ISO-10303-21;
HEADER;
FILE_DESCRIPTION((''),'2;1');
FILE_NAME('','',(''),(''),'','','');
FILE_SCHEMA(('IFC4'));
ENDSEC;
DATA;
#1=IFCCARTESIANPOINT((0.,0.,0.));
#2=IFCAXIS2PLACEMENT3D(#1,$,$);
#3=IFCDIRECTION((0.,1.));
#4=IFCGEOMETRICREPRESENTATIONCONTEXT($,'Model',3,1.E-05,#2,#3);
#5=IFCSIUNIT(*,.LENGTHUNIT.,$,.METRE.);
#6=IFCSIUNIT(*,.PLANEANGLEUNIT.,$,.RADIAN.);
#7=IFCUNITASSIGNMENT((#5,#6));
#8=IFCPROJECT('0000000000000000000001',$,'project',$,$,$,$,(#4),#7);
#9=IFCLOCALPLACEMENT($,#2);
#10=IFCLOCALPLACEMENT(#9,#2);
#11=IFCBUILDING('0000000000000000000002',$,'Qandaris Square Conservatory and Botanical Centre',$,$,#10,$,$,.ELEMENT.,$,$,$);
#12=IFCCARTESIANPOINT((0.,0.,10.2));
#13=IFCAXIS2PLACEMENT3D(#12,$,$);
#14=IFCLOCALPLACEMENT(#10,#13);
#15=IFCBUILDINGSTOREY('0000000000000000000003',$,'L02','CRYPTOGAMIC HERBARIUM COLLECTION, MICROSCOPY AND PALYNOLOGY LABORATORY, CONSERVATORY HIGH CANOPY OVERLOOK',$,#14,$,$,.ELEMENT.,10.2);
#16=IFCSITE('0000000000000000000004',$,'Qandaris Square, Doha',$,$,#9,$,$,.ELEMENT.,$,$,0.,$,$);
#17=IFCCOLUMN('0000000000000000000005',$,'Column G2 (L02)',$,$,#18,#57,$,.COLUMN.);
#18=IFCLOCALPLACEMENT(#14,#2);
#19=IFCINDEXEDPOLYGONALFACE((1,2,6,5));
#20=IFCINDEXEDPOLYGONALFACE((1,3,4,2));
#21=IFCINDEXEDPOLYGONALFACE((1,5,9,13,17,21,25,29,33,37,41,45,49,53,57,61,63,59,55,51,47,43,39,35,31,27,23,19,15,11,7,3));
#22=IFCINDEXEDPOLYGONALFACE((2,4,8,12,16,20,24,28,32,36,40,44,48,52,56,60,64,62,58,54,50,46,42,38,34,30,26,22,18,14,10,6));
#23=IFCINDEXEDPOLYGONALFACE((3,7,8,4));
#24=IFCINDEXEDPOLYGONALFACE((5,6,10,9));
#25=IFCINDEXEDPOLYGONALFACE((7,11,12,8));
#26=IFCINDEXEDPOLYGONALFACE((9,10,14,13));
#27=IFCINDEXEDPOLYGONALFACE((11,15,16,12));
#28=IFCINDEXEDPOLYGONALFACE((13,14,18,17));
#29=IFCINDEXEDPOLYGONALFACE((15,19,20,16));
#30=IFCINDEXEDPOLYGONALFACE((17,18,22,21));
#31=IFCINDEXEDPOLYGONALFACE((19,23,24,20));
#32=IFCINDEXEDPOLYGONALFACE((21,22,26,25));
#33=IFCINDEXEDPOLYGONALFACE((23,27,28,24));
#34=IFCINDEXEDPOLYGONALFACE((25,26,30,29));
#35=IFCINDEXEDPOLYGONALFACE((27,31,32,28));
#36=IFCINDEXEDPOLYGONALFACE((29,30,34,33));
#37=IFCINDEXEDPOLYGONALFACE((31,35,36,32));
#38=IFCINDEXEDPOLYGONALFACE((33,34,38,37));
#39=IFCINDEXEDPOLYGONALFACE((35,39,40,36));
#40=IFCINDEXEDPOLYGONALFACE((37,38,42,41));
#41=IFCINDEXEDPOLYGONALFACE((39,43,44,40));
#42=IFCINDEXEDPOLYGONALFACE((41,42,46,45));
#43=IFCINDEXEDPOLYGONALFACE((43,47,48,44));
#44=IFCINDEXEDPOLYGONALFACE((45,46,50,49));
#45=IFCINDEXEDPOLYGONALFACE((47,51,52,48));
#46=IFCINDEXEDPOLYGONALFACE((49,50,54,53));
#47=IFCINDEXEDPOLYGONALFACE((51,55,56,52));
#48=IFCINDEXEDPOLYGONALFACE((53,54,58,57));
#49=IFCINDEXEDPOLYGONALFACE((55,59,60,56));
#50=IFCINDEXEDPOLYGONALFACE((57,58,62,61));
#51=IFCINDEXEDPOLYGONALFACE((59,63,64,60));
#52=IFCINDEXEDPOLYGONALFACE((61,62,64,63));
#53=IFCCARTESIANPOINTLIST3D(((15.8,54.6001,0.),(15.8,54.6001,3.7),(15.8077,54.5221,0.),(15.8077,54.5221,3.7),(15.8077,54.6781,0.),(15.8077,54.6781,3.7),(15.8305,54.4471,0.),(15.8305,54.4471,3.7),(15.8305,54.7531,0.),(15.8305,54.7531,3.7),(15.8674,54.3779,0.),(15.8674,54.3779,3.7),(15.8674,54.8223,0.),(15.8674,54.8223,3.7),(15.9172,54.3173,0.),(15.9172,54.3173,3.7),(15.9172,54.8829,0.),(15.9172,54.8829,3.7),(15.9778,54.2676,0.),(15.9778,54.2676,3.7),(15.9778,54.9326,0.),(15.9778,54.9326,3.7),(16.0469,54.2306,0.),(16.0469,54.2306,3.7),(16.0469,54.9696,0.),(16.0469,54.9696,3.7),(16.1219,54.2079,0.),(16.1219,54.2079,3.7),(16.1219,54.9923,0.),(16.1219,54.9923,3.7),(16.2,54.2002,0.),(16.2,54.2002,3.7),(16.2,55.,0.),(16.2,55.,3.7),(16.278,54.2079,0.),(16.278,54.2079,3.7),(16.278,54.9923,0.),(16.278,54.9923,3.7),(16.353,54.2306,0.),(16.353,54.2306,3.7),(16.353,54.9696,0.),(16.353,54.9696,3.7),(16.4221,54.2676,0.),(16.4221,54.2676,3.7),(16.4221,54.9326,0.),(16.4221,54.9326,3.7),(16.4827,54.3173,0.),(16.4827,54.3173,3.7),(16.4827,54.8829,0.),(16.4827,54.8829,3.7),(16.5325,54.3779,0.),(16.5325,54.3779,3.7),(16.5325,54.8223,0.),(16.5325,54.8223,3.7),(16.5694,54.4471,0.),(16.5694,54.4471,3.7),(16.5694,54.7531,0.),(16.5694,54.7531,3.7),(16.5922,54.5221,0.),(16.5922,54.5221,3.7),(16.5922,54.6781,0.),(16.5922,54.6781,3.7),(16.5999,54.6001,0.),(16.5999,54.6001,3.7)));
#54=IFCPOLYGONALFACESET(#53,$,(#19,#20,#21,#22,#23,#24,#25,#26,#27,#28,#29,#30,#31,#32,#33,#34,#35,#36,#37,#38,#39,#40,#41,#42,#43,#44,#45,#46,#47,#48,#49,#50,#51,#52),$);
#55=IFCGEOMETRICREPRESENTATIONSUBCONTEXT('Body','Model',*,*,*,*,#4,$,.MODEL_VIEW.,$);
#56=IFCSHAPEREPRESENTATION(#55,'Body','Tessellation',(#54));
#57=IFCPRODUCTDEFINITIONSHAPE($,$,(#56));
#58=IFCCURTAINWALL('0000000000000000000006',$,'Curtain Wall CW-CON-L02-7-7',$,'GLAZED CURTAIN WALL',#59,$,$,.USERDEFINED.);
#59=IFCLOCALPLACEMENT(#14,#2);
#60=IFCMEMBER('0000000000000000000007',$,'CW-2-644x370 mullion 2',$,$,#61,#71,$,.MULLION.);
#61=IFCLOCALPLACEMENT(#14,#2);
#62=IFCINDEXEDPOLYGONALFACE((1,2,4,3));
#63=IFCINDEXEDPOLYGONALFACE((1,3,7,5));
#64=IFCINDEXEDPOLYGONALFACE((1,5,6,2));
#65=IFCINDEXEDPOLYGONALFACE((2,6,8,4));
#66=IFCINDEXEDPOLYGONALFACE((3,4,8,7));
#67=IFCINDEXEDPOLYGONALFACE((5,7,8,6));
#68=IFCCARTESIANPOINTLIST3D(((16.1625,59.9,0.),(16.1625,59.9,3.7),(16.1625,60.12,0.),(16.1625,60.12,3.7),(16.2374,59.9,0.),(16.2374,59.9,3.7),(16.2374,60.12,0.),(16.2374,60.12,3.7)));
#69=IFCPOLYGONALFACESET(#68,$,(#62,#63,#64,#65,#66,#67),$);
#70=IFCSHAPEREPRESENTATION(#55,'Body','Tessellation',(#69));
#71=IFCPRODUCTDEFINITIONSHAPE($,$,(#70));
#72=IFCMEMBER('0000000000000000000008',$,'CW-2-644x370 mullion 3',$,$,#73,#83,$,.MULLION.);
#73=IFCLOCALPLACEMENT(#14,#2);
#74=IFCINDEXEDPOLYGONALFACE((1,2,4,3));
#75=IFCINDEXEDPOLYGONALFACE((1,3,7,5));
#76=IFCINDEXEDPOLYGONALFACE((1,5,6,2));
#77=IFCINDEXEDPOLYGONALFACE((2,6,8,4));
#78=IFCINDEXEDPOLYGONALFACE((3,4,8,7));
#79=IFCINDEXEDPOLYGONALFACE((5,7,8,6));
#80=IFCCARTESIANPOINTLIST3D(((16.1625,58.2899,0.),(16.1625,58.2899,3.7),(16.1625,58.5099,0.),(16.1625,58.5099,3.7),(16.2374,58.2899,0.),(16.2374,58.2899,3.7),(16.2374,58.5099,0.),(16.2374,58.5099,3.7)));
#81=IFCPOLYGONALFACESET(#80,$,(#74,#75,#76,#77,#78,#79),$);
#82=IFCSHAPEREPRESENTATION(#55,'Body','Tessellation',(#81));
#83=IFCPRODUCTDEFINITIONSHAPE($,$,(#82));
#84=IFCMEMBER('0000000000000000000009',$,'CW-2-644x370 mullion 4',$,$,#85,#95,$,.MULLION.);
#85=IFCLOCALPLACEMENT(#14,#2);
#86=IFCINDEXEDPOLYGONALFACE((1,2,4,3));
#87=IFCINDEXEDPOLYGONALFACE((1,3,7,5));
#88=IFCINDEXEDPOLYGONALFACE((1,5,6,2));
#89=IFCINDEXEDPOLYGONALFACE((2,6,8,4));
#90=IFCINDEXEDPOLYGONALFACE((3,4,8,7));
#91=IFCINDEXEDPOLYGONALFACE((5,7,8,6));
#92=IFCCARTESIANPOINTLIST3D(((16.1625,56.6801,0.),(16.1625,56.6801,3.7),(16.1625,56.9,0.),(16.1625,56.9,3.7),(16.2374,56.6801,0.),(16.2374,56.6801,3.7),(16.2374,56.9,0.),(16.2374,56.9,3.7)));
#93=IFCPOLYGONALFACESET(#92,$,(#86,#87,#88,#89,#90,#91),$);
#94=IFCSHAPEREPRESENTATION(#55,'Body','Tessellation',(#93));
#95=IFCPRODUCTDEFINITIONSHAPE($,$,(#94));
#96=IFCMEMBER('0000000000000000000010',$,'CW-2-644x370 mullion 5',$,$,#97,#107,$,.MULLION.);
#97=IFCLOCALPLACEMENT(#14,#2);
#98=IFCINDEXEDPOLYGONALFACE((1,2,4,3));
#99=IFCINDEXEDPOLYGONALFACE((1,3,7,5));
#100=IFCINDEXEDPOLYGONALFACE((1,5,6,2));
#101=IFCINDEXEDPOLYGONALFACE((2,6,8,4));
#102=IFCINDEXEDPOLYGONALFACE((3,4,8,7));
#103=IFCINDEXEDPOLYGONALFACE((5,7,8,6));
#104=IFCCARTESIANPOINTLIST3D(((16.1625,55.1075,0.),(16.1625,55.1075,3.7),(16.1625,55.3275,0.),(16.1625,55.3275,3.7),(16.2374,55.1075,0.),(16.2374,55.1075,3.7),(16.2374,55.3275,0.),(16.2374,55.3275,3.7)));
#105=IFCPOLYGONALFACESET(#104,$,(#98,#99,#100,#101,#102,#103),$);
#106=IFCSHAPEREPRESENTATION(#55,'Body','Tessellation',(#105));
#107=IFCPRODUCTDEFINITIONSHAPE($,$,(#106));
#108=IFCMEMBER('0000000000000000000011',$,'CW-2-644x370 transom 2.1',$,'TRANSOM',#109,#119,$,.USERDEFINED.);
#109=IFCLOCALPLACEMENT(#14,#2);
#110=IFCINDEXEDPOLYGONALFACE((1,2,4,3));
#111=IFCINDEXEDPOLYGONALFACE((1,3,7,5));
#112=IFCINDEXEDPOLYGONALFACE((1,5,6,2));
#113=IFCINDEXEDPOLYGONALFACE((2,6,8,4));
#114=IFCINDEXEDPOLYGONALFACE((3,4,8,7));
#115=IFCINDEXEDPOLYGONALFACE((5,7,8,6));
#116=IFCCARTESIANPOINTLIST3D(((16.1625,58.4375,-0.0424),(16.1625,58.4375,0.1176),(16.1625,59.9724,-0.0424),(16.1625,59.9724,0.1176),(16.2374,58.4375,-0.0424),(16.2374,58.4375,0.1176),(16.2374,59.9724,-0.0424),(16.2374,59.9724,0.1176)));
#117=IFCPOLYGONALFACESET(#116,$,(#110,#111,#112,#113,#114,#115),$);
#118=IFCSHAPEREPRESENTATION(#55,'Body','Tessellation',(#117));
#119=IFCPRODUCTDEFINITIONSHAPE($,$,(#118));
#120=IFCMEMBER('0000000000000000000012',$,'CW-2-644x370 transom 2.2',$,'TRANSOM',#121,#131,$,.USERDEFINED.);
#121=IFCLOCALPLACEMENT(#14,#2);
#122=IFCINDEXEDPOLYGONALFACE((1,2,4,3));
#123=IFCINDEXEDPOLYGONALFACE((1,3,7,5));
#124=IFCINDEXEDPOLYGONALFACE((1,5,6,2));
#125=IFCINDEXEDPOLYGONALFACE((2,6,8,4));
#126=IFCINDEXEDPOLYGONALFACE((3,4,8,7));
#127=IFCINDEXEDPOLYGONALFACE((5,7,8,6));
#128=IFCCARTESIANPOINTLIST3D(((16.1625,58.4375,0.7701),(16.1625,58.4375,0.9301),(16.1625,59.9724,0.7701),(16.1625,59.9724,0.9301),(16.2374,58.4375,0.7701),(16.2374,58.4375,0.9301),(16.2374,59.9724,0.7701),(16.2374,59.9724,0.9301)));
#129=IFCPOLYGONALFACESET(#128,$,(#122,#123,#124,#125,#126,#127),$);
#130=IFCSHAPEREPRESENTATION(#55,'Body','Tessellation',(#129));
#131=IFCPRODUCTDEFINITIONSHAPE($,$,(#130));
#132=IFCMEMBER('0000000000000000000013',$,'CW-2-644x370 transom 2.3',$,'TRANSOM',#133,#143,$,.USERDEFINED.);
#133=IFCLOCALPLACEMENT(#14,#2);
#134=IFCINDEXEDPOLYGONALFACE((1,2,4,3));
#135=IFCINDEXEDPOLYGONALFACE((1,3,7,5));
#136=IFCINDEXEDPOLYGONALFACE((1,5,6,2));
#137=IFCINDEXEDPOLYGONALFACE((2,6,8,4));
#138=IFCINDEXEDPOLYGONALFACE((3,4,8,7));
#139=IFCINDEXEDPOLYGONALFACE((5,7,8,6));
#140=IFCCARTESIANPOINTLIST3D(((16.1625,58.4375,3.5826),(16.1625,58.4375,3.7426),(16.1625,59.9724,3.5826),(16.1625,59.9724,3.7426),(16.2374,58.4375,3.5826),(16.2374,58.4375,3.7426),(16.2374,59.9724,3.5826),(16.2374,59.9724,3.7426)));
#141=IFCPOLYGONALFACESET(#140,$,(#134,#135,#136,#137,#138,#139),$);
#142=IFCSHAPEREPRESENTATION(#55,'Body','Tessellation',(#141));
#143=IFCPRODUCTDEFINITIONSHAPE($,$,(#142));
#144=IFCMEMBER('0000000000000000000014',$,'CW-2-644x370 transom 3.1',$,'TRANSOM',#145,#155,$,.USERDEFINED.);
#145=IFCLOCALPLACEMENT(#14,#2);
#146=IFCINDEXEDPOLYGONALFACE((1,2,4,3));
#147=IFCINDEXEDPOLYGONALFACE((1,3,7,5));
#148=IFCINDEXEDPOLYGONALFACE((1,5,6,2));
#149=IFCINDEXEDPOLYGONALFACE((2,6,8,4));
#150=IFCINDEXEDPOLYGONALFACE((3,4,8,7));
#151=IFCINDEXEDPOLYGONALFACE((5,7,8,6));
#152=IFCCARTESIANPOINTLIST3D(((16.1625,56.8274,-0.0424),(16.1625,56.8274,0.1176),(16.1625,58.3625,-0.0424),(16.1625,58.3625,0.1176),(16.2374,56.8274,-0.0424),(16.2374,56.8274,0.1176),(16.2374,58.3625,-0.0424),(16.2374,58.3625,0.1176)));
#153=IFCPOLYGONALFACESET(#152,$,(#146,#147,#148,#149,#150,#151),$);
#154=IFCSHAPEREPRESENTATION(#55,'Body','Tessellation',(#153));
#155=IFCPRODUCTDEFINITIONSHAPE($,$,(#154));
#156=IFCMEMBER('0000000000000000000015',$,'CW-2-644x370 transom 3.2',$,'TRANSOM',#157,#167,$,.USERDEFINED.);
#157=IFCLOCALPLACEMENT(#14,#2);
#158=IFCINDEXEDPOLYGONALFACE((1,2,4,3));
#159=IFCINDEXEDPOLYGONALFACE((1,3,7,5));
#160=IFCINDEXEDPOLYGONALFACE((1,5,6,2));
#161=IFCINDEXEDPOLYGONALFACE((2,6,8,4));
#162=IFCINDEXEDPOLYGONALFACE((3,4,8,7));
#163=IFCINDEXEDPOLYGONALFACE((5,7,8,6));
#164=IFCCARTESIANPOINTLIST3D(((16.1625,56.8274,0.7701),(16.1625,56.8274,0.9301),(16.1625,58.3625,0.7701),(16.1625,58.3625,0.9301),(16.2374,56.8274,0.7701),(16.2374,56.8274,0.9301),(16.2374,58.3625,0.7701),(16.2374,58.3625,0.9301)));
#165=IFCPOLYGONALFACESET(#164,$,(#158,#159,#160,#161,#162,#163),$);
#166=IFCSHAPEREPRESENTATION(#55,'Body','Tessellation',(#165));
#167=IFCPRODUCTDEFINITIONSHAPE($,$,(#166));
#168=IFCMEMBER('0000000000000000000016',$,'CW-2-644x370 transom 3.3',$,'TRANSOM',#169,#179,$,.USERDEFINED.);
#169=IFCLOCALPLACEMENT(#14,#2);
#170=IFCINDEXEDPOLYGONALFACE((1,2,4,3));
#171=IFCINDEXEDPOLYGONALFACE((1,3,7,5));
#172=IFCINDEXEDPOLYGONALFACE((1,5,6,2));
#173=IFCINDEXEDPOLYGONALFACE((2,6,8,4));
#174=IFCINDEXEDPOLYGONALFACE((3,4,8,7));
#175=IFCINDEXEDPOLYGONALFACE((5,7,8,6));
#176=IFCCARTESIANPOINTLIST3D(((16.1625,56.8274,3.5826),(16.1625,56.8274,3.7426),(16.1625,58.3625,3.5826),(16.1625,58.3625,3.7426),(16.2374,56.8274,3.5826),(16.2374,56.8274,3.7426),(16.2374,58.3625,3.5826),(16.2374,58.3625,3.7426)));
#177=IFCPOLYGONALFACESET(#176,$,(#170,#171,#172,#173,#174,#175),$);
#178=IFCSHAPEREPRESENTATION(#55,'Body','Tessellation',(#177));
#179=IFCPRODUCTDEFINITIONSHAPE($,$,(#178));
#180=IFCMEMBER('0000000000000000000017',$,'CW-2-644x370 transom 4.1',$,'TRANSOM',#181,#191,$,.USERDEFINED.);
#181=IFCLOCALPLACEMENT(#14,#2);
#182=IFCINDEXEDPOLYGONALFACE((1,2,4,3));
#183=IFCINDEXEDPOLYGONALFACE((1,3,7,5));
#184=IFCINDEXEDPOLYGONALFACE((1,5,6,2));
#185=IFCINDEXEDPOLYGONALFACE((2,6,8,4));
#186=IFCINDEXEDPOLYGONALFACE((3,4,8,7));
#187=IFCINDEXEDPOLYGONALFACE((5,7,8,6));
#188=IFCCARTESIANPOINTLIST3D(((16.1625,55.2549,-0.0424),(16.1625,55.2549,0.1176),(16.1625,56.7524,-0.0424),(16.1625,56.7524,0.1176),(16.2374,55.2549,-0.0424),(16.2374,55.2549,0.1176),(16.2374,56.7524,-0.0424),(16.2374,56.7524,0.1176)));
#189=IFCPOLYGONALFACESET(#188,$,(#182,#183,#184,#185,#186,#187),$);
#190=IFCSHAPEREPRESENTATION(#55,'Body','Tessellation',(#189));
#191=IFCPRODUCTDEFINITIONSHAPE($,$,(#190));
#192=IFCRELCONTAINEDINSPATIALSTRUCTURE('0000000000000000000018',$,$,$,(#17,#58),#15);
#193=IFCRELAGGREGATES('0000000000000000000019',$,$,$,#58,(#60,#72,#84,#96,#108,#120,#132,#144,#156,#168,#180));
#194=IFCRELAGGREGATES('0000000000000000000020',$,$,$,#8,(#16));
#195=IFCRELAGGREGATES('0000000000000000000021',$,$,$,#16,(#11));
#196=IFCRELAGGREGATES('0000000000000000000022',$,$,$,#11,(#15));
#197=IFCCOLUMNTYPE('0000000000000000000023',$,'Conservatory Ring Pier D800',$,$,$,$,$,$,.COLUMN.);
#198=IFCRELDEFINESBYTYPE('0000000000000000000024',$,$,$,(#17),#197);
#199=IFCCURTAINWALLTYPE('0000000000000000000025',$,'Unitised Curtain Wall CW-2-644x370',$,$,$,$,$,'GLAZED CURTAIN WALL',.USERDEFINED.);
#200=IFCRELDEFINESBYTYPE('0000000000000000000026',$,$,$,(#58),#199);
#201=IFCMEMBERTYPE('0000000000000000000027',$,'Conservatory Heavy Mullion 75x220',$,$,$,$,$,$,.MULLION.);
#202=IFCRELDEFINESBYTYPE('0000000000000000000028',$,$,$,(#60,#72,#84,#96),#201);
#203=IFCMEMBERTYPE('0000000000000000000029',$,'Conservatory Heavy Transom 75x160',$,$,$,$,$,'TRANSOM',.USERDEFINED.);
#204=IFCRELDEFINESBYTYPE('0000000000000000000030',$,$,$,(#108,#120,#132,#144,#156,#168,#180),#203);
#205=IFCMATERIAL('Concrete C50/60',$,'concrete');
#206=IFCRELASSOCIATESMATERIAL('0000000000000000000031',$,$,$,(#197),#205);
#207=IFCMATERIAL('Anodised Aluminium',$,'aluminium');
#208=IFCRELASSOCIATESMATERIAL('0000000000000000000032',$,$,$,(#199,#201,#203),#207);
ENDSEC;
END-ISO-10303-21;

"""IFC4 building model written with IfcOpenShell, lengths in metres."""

from ifc_helpers import new_model, si_unit, direction, frame, origin, origin_2d, place, context, subcontext, project, spatial, rectangle, circle, extrude, material, material_profile, profile_set, type_object, element, aggregate, save


model = new_model("IFC4")

# Units and contexts
model_context = context("Model", 3, precision=1e-05, world=origin(), true_north=direction((0.0, 1.0)))
body_context = subcontext(model_context, "Body", "Model", "MODEL_VIEW")
ifc_project = project(units=[si_unit("LENGTHUNIT", "METRE"), si_unit("PLANEANGLEUNIT", "RADIAN")], contexts=[model_context])

# Site, building, storey
site_placement = place(None, origin())
site = spatial("IfcSite", under=ifc_project, at=site_placement, Name="Qandaris Square, Doha", CompositionType="ELEMENT", RefElevation=0.0)
building_placement = place(site_placement, origin())
building = spatial("IfcBuilding", under=site, at=building_placement, Name="Qandaris Square Conservatory and Botanical Centre", CompositionType="ELEMENT")
storey_placement = place(building_placement, frame((0.0, 0.0, 10.2)))
storey = spatial("IfcBuildingStorey", under=building, at=storey_placement, Name="L02", Description="CRYPTOGAMIC HERBARIUM COLLECTION, MICROSCOPY AND PALYNOLOGY LABORATORY, CONSERVATORY HIGH CANOPY OVERLOOK", CompositionType="ELEMENT", Elevation=10.2)

# Column
ifc_material_1 = material(Name="Concrete C50/60", Category="concrete")
ifc_material_profile_1 = material_profile(ifc_material_1, circle(Radius=0.3999, at=origin_2d()), Name="RC-COL D800")
ifc_profile_set_1 = profile_set([ifc_material_profile_1], Name="Concrete C50/60")
column_type = type_object("IfcColumnType", Name="Conservatory Ring Pier D800", PredefinedType="COLUMN", material=ifc_profile_set_1)
column_placement = place(storey_placement, frame((16.2, 54.6001, 0.0), z_axis=(0.0, 0.0, 1.0), x_axis=(1.0, 0.0, 0.0)))
element("IfcColumn", 1, at=column_placement, inside=storey, type_object=column_type, Name="Column G2 (L02)", PredefinedType="COLUMN", context=body_context, shape_type="SweptSolid", body=[
    extrude(circle(Radius=0.3999, at=origin_2d()), origin(), (0.0, 0.0, 1.0), 3.7),
])

# Curtain wall, members
ifc_material_2 = material(Name="Anodised Aluminium", Category="aluminium")
curtain_wall_type = type_object("IfcCurtainWallType", Name="Unitised Curtain Wall CW-2-644x370", ElementType="GLAZED CURTAIN WALL", PredefinedType="USERDEFINED", material=ifc_material_2)
curtain_wall_placement = place(storey_placement, origin())
curtain_wall = element("IfcCurtainWall", 2, at=curtain_wall_placement, inside=storey, type_object=curtain_wall_type, Name="Curtain Wall CW-CON-L02-7-7", ObjectType="GLAZED CURTAIN WALL", PredefinedType="USERDEFINED")
ifc_material_profile_2 = material_profile(ifc_material_2, rectangle(XDim=0.075, YDim=0.22, at=origin_2d()), Name="ALU-MUL 75x220")
ifc_profile_set_2 = profile_set([ifc_material_profile_2], Name="Anodised Aluminium")
member_type_1 = type_object("IfcMemberType", Name="Conservatory Heavy Mullion 75x220", PredefinedType="MULLION", material=ifc_profile_set_2)
member_1_placement = place(storey_placement, frame((16.2, 60.01, 0.0), z_axis=(0.0, 0.0, 1.0), x_axis=(1.0, 0.0, 0.0)))
member_1 = element("IfcMember", 3, at=member_1_placement, type_object=member_type_1, Name="CW-2-644x370 mullion 2", PredefinedType="MULLION", context=body_context, shape_type="SweptSolid", body=[
    extrude(rectangle(XDim=0.075, YDim=0.22, at=origin_2d()), origin(), (0.0, 0.0, 1.0), 3.7),
])
member_2_placement = place(storey_placement, frame((16.2, 58.3999, 0.0), z_axis=(0.0, 0.0, 1.0), x_axis=(1.0, 0.0, 0.0)))
member_2 = element("IfcMember", 4, at=member_2_placement, type_object=member_type_1, Name="CW-2-644x370 mullion 3", PredefinedType="MULLION", context=body_context, shape_type="SweptSolid", body=[
    extrude(rectangle(XDim=0.075, YDim=0.22, at=origin_2d()), origin(), (0.0, 0.0, 1.0), 3.7),
])
member_3_placement = place(storey_placement, frame((16.2, 56.79, 0.0), z_axis=(0.0, 0.0, 1.0), x_axis=(1.0, 0.0, 0.0)))
member_3 = element("IfcMember", 5, at=member_3_placement, type_object=member_type_1, Name="CW-2-644x370 mullion 4", PredefinedType="MULLION", context=body_context, shape_type="SweptSolid", body=[
    extrude(rectangle(XDim=0.075, YDim=0.22, at=origin_2d()), origin(), (0.0, 0.0, 1.0), 3.7),
])
member_4_placement = place(storey_placement, frame((16.2, 55.2175, 0.0), z_axis=(0.0, 0.0, 1.0), x_axis=(1.0, 0.0, 0.0)))
member_4 = element("IfcMember", 6, at=member_4_placement, type_object=member_type_1, Name="CW-2-644x370 mullion 5", PredefinedType="MULLION", context=body_context, shape_type="SweptSolid", body=[
    extrude(rectangle(XDim=0.075, YDim=0.22, at=origin_2d()), origin(), (0.0, 0.0, 1.0), 3.7),
])
ifc_material_profile_3 = material_profile(ifc_material_2, rectangle(XDim=0.075, YDim=0.1599, at=origin_2d()), Name="ALU-TRN 75x160")
ifc_profile_set_3 = profile_set([ifc_material_profile_3], Name="Anodised Aluminium")
member_type_2 = type_object("IfcMemberType", Name="Conservatory Heavy Transom 75x160", ElementType="TRANSOM", PredefinedType="USERDEFINED", material=ifc_profile_set_3)
member_5_placement = place(storey_placement, frame((16.2, 59.9724, 0.0376), z_axis=(0.0, -1.0, 0.0), x_axis=(1.0, 0.0, 0.0)))
member_5 = element("IfcMember", 7, at=member_5_placement, type_object=member_type_2, Name="CW-2-644x370 transom 2.1", ObjectType="TRANSOM", PredefinedType="USERDEFINED", context=body_context, shape_type="SweptSolid", body=[
    extrude(rectangle(XDim=0.075, YDim=0.1599, at=origin_2d()), origin(), (0.0, 0.0, 1.0), 1.5349),
])
member_6_placement = place(storey_placement, frame((16.2, 59.9724, 0.8501), z_axis=(0.0, -1.0, 0.0), x_axis=(1.0, 0.0, 0.0)))
member_6 = element("IfcMember", 8, at=member_6_placement, type_object=member_type_2, Name="CW-2-644x370 transom 2.2", ObjectType="TRANSOM", PredefinedType="USERDEFINED", context=body_context, shape_type="SweptSolid", body=[
    extrude(rectangle(XDim=0.075, YDim=0.1599, at=origin_2d()), origin(), (0.0, 0.0, 1.0), 1.5349),
])
member_7_placement = place(storey_placement, frame((16.2, 59.9724, 3.6626), z_axis=(0.0, -1.0, 0.0), x_axis=(1.0, 0.0, 0.0)))
member_7 = element("IfcMember", 9, at=member_7_placement, type_object=member_type_2, Name="CW-2-644x370 transom 2.3", ObjectType="TRANSOM", PredefinedType="USERDEFINED", context=body_context, shape_type="SweptSolid", body=[
    extrude(rectangle(XDim=0.075, YDim=0.1599, at=origin_2d()), origin(), (0.0, 0.0, 1.0), 1.5349),
])
member_8_placement = place(storey_placement, frame((16.2, 58.3625, 0.0376), z_axis=(0.0, -1.0, 0.0), x_axis=(1.0, 0.0, 0.0)))
member_8 = element("IfcMember", 10, at=member_8_placement, type_object=member_type_2, Name="CW-2-644x370 transom 3.1", ObjectType="TRANSOM", PredefinedType="USERDEFINED", context=body_context, shape_type="SweptSolid", body=[
    extrude(rectangle(XDim=0.075, YDim=0.1599, at=origin_2d()), origin(), (0.0, 0.0, 1.0), 1.5352),
])
member_9_placement = place(storey_placement, frame((16.2, 58.3625, 0.8501), z_axis=(0.0, -1.0, 0.0), x_axis=(1.0, 0.0, 0.0)))
member_9 = element("IfcMember", 11, at=member_9_placement, type_object=member_type_2, Name="CW-2-644x370 transom 3.2", ObjectType="TRANSOM", PredefinedType="USERDEFINED", context=body_context, shape_type="SweptSolid", body=[
    extrude(rectangle(XDim=0.075, YDim=0.1599, at=origin_2d()), origin(), (0.0, 0.0, 1.0), 1.5352),
])
member_10_placement = place(storey_placement, frame((16.2, 58.3625, 3.6626), z_axis=(0.0, -1.0, 0.0), x_axis=(1.0, 0.0, 0.0)))
member_10 = element("IfcMember", 12, at=member_10_placement, type_object=member_type_2, Name="CW-2-644x370 transom 3.3", ObjectType="TRANSOM", PredefinedType="USERDEFINED", context=body_context, shape_type="SweptSolid", body=[
    extrude(rectangle(XDim=0.075, YDim=0.1599, at=origin_2d()), origin(), (0.0, 0.0, 1.0), 1.5352),
])
member_11_placement = place(storey_placement, frame((16.2, 56.7524, 0.0376), z_axis=(0.0, -1.0, 0.0), x_axis=(1.0, 0.0, 0.0)))
member_11 = element("IfcMember", 13, at=member_11_placement, type_object=member_type_2, Name="CW-2-644x370 transom 4.1", ObjectType="TRANSOM", PredefinedType="USERDEFINED", context=body_context, shape_type="SweptSolid", body=[
    extrude(rectangle(XDim=0.075, YDim=0.1599, at=origin_2d()), origin(), (0.0, 0.0, 1.0), 1.4976),
])
aggregate(curtain_wall, [member_1, member_2, member_3, member_4, member_5, member_6, member_7, member_8, member_9, member_10, member_11])

save(model, "model.ifc")
